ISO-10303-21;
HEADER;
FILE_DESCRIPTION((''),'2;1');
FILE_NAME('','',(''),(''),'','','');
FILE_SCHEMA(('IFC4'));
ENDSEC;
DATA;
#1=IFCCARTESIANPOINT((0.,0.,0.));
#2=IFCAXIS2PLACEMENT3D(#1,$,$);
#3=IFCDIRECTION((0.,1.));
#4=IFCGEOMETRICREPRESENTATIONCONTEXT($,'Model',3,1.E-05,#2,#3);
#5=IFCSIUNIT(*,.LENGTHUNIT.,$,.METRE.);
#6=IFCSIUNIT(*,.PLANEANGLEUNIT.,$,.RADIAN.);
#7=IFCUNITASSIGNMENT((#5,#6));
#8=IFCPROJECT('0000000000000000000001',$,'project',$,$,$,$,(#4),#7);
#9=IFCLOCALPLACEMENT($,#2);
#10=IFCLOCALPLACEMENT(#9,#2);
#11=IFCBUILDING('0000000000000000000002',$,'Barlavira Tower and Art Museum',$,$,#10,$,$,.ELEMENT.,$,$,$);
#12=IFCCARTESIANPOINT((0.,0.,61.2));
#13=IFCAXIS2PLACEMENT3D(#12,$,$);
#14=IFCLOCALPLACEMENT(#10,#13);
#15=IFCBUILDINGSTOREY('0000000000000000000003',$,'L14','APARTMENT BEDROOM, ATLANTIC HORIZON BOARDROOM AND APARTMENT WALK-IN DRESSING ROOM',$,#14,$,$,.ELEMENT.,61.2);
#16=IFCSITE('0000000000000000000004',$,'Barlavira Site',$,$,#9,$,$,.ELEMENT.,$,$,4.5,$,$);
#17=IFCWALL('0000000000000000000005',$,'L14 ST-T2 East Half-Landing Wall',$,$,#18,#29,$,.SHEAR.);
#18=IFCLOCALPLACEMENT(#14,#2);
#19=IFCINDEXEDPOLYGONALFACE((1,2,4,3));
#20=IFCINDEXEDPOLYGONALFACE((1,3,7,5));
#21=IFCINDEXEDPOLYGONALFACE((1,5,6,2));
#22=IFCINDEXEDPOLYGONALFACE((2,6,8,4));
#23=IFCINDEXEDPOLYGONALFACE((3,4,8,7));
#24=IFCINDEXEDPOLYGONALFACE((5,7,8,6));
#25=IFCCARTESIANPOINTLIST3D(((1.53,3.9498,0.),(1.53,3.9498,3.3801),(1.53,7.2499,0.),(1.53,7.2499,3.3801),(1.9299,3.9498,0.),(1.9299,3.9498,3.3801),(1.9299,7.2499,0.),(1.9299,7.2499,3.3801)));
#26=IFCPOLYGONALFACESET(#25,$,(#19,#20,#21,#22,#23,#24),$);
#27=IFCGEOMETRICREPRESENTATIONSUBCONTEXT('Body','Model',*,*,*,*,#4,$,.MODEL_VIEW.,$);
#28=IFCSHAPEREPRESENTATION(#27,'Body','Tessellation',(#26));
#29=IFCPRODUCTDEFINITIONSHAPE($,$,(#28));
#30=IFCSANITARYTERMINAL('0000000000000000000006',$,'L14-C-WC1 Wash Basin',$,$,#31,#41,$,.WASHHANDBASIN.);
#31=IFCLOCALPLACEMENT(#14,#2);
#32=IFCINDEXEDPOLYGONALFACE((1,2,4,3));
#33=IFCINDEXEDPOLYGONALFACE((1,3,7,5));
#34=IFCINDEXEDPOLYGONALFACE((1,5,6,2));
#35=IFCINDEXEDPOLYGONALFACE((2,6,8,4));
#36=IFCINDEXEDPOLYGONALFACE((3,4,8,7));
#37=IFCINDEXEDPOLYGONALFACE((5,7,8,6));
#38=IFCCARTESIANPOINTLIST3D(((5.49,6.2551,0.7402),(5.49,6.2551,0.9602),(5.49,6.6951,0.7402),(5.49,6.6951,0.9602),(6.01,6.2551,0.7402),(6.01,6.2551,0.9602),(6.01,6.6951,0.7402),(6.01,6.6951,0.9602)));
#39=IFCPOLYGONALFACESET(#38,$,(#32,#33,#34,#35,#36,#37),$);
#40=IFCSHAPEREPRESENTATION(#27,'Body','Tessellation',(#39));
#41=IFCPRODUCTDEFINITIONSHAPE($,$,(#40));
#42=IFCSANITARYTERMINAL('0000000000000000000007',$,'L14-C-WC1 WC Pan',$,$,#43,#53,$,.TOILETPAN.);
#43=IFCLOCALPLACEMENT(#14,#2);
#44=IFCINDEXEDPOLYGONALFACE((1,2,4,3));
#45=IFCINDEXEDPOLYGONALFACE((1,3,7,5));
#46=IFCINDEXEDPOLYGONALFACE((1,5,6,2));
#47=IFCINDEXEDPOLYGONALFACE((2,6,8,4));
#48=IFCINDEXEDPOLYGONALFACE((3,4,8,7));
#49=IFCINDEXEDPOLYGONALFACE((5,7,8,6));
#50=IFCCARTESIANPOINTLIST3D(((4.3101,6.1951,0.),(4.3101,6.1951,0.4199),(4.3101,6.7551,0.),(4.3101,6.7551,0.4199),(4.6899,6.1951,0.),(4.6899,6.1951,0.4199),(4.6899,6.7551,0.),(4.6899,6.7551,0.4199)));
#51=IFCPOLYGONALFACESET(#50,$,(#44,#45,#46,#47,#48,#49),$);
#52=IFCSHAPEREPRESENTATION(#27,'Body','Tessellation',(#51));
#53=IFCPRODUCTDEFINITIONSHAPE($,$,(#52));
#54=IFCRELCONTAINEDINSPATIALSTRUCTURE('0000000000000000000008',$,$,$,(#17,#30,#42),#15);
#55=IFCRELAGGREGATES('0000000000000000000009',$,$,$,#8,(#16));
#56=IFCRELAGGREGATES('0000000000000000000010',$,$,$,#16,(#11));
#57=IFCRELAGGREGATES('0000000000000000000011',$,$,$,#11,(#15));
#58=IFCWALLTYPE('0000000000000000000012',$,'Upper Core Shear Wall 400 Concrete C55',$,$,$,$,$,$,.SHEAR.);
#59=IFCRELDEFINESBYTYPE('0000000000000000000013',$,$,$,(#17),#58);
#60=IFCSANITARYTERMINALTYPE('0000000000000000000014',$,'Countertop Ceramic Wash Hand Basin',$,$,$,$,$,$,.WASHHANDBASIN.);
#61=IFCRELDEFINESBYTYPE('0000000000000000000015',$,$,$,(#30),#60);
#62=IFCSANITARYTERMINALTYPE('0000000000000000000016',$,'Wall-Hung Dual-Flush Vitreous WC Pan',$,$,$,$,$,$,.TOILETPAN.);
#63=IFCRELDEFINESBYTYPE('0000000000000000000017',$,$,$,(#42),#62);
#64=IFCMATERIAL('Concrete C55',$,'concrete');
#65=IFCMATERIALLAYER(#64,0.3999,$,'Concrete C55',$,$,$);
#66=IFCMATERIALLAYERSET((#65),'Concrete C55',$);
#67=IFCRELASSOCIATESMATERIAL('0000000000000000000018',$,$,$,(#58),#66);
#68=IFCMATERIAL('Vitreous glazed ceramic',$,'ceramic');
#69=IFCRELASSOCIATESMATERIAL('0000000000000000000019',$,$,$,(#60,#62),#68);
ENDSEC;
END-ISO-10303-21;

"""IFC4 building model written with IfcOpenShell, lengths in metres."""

from ifc_helpers import new_model, si_unit, direction, frame, frame_2d, origin, origin_2d, place, context, subcontext, project, spatial, rectangle, extrude, material, layer, layer_set, type_object, element, save


model = new_model("IFC4")

# Units and contexts
model_context = context("Model", 3, precision=1e-05, world=origin(), true_north=direction((0.0, 1.0)))
body_context = subcontext(model_context, "Body", "Model", "MODEL_VIEW")
ifc_project = project(units=[si_unit("LENGTHUNIT", "METRE"), si_unit("PLANEANGLEUNIT", "RADIAN")], contexts=[model_context])

# Site, building, storey
site_placement = place(None, origin())
site = spatial("IfcSite", under=ifc_project, at=site_placement, Name="Barlavira Site", CompositionType="ELEMENT", RefElevation=4.5)
building_placement = place(site_placement, origin())
building = spatial("IfcBuilding", under=site, at=building_placement, Name="Barlavira Tower and Art Museum", CompositionType="ELEMENT")
storey_placement = place(building_placement, frame((0.0, 0.0, 61.2)))
storey = spatial("IfcBuildingStorey", under=building, at=storey_placement, Name="L14", Description="APARTMENT BEDROOM, ATLANTIC HORIZON BOARDROOM AND APARTMENT WALK-IN DRESSING ROOM", CompositionType="ELEMENT", Elevation=61.2)

# Wall
ifc_material_1 = material(Name="Concrete C55", Category="concrete")
ifc_layer_1 = layer(ifc_material_1, 0.3999, Name="Concrete C55")
ifc_layer_set_1 = layer_set([ifc_layer_1], Name="Concrete C55")
wall_type_1 = type_object("IfcWallType", Name="Upper Core Shear Wall 400 Concrete C55", PredefinedType="SHEAR", material=ifc_layer_set_1)
wall_1_placement = place(storey_placement, frame((1.73, 3.95, 0.0), z_axis=(0.0, 0.0, 1.0), x_axis=(0.0, 1.0, 0.0)))
element("IfcWall", 1, at=wall_1_placement, inside=storey, type_object=wall_type_1, Name="L14 ST-T2 East Half-Landing Wall", PredefinedType="SHEAR", context=body_context, shape_type="SweptSolid", body=[
    extrude(rectangle(XDim=3.3, YDim=0.3999, at=frame_2d((1.6499, 0.0))), origin(), (0.0, 0.0, 1.0), 3.3801),
])

# Sanitary terminals
ifc_material_2 = material(Name="Vitreous glazed ceramic", Category="ceramic")
sanitary_terminal_type_1 = type_object("IfcSanitaryTerminalType", Name="Countertop Ceramic Wash Hand Basin", PredefinedType="WASHHANDBASIN", material=ifc_material_2)
sanitary_terminal_1_placement = place(storey_placement, frame((5.75, 6.4751, 0.7402), z_axis=(0.0, 0.0, 1.0), x_axis=(1.0, 0.0, 0.0)))
element("IfcSanitaryTerminal", 2, at=sanitary_terminal_1_placement, inside=storey, type_object=sanitary_terminal_type_1, Name="L14-C-WC1 Wash Basin", PredefinedType="WASHHANDBASIN", context=body_context, shape_type="SweptSolid", body=[
    extrude(rectangle(XDim=0.52, YDim=0.4399, at=origin_2d()), origin(), (0.0, 0.0, 1.0), 0.22),
])
sanitary_terminal_type_2 = type_object("IfcSanitaryTerminalType", Name="Wall-Hung Dual-Flush Vitreous WC Pan", PredefinedType="TOILETPAN", material=ifc_material_2)
sanitary_terminal_2_placement = place(storey_placement, frame((4.5, 6.4751, 0.0), z_axis=(0.0, 0.0, 1.0), x_axis=(1.0, 0.0, 0.0)))
element("IfcSanitaryTerminal", 3, at=sanitary_terminal_2_placement, inside=storey, type_object=sanitary_terminal_type_2, Name="L14-C-WC1 WC Pan", PredefinedType="TOILETPAN", context=body_context, shape_type="SweptSolid", body=[
    extrude(rectangle(XDim=0.3799, YDim=0.5601, at=origin_2d()), origin(), (0.0, 0.0, 1.0), 0.4199),
])

save(model, "model.ifc")
